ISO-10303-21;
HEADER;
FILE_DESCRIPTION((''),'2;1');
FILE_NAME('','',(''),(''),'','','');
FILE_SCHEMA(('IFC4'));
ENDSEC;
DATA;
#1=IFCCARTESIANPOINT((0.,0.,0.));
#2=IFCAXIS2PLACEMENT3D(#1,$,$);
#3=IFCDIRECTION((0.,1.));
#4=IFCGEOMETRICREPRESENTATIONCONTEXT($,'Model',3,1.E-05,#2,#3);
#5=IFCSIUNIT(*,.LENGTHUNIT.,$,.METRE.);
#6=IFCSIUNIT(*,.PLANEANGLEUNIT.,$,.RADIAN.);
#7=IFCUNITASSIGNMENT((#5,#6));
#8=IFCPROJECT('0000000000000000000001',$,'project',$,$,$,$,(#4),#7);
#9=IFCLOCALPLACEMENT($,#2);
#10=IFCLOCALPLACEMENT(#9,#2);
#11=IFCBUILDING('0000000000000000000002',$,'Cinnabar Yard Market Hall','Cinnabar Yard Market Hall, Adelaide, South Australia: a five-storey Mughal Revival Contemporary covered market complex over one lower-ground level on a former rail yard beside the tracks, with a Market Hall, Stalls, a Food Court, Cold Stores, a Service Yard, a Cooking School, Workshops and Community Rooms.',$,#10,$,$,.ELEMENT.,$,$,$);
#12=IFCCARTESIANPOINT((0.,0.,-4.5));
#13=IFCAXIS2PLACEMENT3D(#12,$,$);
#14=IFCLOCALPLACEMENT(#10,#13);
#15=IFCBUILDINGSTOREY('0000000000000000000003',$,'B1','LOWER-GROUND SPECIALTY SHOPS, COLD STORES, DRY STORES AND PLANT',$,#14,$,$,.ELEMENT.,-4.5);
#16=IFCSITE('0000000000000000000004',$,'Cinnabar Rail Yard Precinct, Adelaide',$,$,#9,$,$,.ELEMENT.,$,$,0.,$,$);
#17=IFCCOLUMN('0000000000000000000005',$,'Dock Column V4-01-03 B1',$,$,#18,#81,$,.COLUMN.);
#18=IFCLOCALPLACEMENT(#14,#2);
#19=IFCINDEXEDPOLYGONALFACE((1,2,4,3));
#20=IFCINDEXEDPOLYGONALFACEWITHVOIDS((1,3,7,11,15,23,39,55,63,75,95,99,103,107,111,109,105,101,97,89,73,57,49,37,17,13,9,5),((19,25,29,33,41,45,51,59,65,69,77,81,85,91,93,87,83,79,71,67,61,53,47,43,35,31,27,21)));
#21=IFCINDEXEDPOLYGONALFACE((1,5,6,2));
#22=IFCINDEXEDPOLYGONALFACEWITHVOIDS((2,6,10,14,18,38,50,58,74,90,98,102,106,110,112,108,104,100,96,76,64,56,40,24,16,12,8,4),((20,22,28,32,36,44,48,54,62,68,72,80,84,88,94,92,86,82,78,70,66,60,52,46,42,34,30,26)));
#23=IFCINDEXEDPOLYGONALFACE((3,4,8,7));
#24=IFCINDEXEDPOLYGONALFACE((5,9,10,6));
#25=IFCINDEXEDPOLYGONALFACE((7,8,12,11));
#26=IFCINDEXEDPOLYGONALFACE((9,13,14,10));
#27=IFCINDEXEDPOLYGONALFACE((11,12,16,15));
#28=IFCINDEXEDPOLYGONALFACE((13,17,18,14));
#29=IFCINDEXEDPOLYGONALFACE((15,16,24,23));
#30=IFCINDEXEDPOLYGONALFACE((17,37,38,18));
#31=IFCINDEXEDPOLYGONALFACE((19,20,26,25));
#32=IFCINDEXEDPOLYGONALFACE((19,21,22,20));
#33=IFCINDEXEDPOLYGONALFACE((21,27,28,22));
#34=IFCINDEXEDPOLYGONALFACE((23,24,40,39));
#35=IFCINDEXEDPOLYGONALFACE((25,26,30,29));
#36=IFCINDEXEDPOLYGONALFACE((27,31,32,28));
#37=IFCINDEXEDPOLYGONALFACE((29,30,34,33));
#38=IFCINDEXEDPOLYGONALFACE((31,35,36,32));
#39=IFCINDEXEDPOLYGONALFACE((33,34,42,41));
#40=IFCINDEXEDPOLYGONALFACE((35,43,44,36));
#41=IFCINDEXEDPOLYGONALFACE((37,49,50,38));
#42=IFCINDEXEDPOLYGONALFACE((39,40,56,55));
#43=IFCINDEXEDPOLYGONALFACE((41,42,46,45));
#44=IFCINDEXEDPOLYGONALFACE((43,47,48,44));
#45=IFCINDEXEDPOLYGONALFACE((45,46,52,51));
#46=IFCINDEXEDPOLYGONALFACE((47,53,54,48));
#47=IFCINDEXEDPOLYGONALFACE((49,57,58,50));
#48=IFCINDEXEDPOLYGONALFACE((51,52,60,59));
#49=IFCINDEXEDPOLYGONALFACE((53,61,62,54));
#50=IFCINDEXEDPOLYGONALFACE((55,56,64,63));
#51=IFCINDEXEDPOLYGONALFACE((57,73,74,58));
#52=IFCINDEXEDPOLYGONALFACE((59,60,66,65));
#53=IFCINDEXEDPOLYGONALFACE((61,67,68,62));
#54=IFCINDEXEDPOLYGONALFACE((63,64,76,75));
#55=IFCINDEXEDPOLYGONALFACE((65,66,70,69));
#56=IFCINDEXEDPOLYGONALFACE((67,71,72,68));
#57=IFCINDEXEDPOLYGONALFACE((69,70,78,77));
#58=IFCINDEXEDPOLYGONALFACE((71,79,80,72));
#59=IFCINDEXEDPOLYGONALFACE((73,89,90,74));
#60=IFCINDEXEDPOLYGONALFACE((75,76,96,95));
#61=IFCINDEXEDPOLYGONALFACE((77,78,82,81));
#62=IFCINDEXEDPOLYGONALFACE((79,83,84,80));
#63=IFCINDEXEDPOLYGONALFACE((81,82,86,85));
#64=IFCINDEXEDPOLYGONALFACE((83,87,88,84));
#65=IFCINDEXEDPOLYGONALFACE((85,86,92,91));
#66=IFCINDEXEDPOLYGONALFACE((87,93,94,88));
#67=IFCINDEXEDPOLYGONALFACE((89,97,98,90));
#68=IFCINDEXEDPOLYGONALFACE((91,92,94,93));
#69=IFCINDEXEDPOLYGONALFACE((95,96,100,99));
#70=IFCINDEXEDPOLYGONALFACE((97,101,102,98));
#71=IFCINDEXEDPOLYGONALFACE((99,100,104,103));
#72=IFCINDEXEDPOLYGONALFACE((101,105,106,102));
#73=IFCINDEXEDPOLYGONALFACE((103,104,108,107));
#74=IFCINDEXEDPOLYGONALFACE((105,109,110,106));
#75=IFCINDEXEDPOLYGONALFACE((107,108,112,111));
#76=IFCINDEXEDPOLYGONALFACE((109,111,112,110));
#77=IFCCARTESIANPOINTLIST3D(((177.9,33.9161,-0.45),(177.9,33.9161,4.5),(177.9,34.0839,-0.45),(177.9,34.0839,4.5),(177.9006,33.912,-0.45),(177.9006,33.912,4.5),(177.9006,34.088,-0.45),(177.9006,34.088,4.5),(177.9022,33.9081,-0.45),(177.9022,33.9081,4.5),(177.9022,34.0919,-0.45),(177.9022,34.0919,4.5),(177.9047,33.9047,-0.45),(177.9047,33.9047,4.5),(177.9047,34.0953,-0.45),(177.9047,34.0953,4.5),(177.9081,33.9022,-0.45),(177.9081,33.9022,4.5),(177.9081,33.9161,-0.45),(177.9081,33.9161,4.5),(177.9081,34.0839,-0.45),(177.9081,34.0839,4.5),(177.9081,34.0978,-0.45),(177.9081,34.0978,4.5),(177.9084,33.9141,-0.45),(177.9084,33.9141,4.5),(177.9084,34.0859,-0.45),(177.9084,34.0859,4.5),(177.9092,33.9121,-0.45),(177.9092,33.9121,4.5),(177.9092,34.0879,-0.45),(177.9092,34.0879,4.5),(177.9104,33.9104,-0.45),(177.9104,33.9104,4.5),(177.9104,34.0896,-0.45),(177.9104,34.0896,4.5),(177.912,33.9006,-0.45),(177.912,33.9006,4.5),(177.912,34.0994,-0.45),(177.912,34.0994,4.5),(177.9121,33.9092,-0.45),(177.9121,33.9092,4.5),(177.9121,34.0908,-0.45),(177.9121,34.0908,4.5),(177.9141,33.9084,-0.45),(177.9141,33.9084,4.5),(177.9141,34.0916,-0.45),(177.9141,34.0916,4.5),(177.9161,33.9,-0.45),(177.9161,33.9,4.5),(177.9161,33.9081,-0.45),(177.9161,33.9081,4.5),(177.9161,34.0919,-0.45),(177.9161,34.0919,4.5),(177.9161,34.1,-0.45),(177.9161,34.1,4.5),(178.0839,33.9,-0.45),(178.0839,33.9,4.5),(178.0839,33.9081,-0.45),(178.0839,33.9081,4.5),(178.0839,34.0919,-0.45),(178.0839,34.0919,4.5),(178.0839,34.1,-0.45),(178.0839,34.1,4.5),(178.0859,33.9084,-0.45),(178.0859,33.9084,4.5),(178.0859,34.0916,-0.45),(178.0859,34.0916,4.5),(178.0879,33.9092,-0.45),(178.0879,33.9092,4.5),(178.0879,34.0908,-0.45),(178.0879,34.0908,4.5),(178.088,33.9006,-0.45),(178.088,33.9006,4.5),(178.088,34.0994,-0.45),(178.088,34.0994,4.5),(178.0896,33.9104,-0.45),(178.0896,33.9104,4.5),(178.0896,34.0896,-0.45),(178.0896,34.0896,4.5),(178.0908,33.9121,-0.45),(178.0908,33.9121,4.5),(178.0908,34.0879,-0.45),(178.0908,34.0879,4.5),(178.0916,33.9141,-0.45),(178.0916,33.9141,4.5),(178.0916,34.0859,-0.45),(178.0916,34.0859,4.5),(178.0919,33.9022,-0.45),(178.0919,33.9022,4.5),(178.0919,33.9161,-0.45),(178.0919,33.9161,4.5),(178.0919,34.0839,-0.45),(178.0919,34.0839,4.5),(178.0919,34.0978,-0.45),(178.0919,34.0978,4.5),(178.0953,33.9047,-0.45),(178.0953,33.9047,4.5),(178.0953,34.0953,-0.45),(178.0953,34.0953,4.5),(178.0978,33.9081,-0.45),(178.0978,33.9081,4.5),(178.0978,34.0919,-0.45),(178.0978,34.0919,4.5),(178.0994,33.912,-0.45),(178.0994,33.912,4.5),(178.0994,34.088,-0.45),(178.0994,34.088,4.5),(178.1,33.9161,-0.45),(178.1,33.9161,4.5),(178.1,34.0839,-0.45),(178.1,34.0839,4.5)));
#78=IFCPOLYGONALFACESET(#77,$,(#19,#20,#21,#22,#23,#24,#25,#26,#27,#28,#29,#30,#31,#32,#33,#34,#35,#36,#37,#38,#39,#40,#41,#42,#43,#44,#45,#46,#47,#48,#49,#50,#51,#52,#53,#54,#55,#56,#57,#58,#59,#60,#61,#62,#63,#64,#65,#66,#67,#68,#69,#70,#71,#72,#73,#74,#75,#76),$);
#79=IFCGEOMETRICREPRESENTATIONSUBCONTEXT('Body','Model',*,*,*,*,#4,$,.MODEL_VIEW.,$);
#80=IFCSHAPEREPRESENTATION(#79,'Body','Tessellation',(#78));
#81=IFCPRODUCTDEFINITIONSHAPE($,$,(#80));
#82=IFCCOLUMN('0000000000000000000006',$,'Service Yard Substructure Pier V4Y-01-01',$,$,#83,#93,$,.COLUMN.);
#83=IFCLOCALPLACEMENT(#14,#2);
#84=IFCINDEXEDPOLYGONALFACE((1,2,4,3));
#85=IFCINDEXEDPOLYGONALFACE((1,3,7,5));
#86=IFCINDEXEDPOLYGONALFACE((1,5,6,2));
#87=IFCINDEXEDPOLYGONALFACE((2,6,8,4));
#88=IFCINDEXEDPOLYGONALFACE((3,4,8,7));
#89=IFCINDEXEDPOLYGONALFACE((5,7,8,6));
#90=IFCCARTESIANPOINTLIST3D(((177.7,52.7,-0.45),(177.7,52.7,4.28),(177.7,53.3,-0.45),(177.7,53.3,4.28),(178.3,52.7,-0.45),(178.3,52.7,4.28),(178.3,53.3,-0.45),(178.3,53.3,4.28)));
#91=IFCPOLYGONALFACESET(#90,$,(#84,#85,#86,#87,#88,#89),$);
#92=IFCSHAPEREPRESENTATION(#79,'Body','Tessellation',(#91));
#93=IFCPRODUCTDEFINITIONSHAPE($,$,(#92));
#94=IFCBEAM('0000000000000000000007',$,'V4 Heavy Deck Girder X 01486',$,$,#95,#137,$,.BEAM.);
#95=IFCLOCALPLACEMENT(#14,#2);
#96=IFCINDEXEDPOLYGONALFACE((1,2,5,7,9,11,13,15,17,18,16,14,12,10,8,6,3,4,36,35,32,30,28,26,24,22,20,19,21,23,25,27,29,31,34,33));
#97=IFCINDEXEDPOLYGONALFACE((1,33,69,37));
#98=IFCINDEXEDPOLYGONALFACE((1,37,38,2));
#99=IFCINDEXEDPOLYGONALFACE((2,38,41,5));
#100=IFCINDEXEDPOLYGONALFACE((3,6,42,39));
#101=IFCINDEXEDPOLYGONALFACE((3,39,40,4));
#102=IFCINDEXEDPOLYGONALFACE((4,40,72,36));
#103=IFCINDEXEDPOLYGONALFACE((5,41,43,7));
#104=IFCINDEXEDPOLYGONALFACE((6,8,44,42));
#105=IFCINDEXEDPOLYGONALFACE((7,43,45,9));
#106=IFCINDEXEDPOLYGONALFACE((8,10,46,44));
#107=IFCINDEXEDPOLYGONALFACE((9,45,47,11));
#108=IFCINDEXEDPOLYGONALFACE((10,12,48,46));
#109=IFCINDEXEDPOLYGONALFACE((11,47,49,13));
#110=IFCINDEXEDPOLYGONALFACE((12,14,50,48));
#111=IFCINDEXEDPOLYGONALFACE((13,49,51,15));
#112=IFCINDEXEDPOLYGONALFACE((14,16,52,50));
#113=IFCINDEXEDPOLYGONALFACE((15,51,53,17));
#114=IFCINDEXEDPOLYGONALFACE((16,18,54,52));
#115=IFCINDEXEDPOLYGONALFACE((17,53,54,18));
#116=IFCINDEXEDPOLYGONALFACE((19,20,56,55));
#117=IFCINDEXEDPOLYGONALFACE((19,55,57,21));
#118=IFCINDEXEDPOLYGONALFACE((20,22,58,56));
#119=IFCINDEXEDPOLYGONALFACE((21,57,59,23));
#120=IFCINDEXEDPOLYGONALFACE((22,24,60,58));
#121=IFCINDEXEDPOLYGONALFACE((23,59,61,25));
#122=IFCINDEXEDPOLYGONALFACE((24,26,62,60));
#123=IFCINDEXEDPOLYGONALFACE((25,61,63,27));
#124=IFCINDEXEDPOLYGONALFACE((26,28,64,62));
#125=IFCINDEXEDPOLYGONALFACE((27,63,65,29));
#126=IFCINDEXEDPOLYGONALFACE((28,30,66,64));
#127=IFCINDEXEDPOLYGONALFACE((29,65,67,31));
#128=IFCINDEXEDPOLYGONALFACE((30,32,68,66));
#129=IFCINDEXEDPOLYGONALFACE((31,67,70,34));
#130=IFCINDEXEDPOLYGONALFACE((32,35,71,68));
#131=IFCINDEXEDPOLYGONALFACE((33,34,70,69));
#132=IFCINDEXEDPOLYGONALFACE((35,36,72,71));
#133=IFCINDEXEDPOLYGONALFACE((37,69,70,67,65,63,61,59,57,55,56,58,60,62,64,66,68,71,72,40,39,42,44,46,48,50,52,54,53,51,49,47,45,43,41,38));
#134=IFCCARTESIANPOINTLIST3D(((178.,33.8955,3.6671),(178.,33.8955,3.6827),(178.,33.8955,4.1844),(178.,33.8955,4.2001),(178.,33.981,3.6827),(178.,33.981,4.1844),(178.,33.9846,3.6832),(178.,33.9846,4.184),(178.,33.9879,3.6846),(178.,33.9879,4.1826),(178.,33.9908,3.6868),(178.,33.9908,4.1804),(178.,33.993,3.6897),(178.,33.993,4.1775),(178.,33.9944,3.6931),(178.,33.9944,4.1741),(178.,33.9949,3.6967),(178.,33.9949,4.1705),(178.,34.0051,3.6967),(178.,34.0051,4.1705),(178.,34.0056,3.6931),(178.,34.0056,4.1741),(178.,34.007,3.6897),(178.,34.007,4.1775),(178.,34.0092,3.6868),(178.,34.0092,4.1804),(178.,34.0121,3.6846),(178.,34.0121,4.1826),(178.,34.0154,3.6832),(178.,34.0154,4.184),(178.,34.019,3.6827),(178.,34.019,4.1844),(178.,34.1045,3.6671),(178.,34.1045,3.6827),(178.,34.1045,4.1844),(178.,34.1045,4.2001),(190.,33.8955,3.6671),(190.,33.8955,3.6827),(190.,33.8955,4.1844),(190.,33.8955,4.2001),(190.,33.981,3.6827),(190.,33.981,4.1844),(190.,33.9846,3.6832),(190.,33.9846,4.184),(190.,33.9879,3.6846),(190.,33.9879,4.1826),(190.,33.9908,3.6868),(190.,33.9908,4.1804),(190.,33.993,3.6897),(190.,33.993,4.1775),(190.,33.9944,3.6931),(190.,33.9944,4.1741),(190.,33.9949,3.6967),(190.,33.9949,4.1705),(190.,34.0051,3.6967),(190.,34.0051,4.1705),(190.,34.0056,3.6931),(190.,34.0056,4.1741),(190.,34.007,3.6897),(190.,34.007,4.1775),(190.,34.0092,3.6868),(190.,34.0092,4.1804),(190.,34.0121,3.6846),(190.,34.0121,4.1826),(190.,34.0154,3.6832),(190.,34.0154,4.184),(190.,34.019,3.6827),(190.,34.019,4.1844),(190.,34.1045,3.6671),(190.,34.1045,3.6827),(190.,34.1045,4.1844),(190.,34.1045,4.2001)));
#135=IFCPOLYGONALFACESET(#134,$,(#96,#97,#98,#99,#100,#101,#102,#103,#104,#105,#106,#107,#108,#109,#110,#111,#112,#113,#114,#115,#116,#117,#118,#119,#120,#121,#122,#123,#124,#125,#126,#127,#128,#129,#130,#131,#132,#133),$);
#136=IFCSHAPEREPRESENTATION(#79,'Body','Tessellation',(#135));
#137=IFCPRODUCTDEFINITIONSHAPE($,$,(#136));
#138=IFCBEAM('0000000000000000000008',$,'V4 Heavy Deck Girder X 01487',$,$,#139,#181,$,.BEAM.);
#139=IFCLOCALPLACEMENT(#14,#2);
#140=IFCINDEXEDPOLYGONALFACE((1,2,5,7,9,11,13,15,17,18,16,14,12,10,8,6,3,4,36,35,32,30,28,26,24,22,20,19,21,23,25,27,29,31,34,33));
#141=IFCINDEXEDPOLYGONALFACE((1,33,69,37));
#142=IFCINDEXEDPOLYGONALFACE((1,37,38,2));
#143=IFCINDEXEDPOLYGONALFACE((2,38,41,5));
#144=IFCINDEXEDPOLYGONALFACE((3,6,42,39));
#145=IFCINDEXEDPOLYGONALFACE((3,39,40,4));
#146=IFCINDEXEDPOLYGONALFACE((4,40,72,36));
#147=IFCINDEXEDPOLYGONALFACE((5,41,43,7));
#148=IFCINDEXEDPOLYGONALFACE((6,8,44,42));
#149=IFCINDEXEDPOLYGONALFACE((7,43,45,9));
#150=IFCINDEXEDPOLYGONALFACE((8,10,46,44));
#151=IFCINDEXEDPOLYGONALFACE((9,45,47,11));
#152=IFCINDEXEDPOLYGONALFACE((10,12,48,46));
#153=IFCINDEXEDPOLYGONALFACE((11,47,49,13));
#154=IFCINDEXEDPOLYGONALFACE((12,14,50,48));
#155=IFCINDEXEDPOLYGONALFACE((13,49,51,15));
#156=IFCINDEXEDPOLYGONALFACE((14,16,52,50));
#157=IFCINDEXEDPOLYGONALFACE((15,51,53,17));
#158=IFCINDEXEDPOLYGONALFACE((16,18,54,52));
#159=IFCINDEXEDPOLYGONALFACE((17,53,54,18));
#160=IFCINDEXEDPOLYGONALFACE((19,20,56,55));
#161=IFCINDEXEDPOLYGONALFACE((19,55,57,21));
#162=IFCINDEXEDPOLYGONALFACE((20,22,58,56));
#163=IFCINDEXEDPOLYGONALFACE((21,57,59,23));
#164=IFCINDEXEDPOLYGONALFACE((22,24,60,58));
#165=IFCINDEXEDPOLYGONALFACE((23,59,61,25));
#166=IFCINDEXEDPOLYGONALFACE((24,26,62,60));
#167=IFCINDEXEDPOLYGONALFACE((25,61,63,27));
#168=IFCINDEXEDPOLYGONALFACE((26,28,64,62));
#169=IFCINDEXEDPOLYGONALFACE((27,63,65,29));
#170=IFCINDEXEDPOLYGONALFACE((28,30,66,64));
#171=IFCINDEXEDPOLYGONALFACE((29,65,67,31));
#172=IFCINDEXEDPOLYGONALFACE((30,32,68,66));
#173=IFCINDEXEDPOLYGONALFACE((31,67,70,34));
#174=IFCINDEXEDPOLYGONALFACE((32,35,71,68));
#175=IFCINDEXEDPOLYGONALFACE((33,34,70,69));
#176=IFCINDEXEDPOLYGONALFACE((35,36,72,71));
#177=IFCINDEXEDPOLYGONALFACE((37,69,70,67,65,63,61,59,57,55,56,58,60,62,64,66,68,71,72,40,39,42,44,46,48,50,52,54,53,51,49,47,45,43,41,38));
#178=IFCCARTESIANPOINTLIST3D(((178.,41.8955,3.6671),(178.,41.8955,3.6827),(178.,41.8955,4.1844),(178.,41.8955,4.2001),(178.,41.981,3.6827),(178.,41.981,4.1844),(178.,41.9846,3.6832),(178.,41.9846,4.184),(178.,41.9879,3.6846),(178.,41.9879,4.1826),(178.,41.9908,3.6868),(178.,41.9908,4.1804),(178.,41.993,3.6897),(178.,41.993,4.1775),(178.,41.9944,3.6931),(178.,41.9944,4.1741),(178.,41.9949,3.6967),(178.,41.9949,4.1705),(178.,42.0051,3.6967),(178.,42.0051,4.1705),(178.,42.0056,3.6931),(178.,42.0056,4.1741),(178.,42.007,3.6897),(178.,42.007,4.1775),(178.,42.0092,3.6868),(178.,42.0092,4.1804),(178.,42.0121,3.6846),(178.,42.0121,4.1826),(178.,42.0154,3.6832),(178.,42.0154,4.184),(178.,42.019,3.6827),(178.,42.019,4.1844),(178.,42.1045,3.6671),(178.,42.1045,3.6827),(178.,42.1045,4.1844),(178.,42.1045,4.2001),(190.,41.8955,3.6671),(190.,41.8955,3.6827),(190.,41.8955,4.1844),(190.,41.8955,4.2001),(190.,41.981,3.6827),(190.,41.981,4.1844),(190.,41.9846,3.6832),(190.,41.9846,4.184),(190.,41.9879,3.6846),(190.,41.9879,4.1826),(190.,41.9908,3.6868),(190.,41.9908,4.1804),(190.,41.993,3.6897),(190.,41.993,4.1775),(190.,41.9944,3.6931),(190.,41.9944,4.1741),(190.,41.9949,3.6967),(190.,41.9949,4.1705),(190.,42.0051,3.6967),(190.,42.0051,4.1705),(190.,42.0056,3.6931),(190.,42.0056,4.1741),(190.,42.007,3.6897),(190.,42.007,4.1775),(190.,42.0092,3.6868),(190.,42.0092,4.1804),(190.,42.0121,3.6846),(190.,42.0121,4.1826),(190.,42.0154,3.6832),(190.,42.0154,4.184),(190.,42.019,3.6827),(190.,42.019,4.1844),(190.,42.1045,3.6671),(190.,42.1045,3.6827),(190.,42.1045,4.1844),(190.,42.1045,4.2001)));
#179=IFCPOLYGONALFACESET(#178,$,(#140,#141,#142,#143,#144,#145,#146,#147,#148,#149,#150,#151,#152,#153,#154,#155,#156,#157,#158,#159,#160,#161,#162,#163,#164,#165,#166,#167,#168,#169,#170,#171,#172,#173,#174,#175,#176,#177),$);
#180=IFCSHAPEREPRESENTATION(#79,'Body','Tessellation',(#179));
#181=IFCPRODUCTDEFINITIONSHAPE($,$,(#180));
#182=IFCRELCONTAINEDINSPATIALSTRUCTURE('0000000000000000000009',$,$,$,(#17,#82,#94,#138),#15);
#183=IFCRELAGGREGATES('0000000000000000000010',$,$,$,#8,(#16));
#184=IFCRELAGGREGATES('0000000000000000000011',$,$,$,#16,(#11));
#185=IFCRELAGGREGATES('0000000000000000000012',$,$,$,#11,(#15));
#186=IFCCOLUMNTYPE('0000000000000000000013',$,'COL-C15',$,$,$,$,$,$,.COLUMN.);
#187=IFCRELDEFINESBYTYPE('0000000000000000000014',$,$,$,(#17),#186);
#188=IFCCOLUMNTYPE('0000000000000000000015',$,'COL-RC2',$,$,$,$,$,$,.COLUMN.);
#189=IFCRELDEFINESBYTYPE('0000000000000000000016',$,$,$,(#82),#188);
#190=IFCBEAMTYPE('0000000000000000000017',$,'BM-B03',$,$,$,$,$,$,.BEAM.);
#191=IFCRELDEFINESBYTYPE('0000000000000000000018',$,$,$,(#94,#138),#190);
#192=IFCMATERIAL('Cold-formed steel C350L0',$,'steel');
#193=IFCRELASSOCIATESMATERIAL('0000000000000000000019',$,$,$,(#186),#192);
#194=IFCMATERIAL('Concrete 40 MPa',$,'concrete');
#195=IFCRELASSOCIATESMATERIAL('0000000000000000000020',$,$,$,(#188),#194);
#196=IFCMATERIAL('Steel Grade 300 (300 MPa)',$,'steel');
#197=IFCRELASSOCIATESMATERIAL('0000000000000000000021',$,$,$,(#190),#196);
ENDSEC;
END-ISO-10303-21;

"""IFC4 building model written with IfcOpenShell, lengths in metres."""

from ifc_helpers import new_model, si_unit, direction, frame, origin, origin_2d_with_axis, place, context, subcontext, project, spatial, rectangle, hollow_rectangle, i_section, extrude, material, material_profile, profile_set, type_object, element, save


model = new_model("IFC4")

# Units and contexts
model_context = context("Model", 3, precision=1e-05, world=origin(), true_north=direction((0.0, 1.0)))
body_context = subcontext(model_context, "Body", "Model", "MODEL_VIEW")
ifc_project = project(units=[si_unit("LENGTHUNIT", "METRE"), si_unit("PLANEANGLEUNIT", "RADIAN")], contexts=[model_context])

# Site, building, storey
site_placement = place(None, origin())
site = spatial("IfcSite", under=ifc_project, at=site_placement, Name="Cinnabar Rail Yard Precinct, Adelaide", CompositionType="ELEMENT", RefElevation=0.0)
building_placement = place(site_placement, origin())
building = spatial("IfcBuilding", under=site, at=building_placement, Name="Cinnabar Yard Market Hall", Description="Cinnabar Yard Market Hall, Adelaide, South Australia: a five-storey Mughal Revival Contemporary covered market complex over one lower-ground level on a former rail yard beside the tracks, with a Market Hall, Stalls, a Food Court, Cold Stores, a Service Yard, a Cooking School, Workshops and Community Rooms.", CompositionType="ELEMENT")
storey_placement = place(building_placement, frame((0.0, 0.0, -4.5)))
storey = spatial("IfcBuildingStorey", under=building, at=storey_placement, Name="B1", Description="LOWER-GROUND SPECIALTY SHOPS, COLD STORES, DRY STORES AND PLANT", CompositionType="ELEMENT", Elevation=-4.5)

# Shared definitions
ifc_material_1 = material(Name="Concrete 40 MPa", Category="concrete")

# Columns
ifc_material_2 = material(Name="Steel Grade 300 (300 MPa)", Category="steel")
ifc_material_3 = material(Name="Cold-formed steel C350L0", Category="steel")
ifc_material_profile_1 = material_profile(ifc_material_3, hollow_rectangle(XDim=0.2, YDim=0.2, WallThickness=0.0081, InnerFilletRadius=0.0081, OuterFilletRadius=0.0161, at=origin_2d_with_axis()), Name="200x200x8.0SHS")
ifc_profile_set_1 = profile_set([ifc_material_profile_1], Name="Cold-formed steel C350L0")
column_type_1 = type_object("IfcColumnType", Name="COL-C15", PredefinedType="COLUMN", material=ifc_profile_set_1)
column_1_placement = place(storey_placement, frame((178.0, 34.0, -0.45), z_axis=(0.0, 0.0, 1.0), x_axis=(1.0, 0.0, 0.0)))
element("IfcColumn", 1, at=column_1_placement, inside=storey, type_object=column_type_1, Name="Dock Column V4-01-03 B1", PredefinedType="COLUMN", context=body_context, shape_type="SweptSolid", body=[
    extrude(hollow_rectangle(XDim=0.2, YDim=0.2, WallThickness=0.0081, InnerFilletRadius=0.0081, OuterFilletRadius=0.0161, at=origin_2d_with_axis()), origin(), (0.0, 0.0, 1.0), 4.95),
])
ifc_material_profile_2 = material_profile(ifc_material_1, rectangle(XDim=0.6001, YDim=0.6001, at=origin_2d_with_axis()), Name="RC-600x600")
ifc_profile_set_2 = profile_set([ifc_material_profile_2], Name="Concrete 40 MPa")
column_type_2 = type_object("IfcColumnType", Name="COL-RC2", PredefinedType="COLUMN", material=ifc_profile_set_2)
column_2_placement = place(storey_placement, frame((178.0, 53.0, -0.45), z_axis=(0.0, 0.0, 1.0), x_axis=(1.0, 0.0, 0.0)))
element("IfcColumn", 2, at=column_2_placement, inside=storey, type_object=column_type_2, Name="Service Yard Substructure Pier V4Y-01-01", PredefinedType="COLUMN", context=body_context, shape_type="SweptSolid", body=[
    extrude(rectangle(XDim=0.6001, YDim=0.6001, at=origin_2d_with_axis()), origin(), (0.0, 0.0, 1.0), 4.73),
])

# Beams
ifc_material_profile_3 = material_profile(ifc_material_2, i_section(OverallWidth=0.209, OverallDepth=0.533, WebThickness=0.0103, FlangeThickness=0.0156, FilletRadius=0.0139, at=origin_2d_with_axis()), Name="530UB92.4")
ifc_profile_set_3 = profile_set([ifc_material_profile_3], Name="Steel Grade 300 (300 MPa)")
beam_type_1 = type_object("IfcBeamType", Name="BM-B03", PredefinedType="BEAM", material=ifc_profile_set_3)
for number, where, z_axis, x_axis, name in (
    (3, (178.0, 34.0, 3.9336), (1.0, 0.0, 0.0), (0.0, 1.0, 0.0), "V4 Heavy Deck Girder X 01486"),
    (4, (178.0, 42.0, 3.9336), (1.0, 0.0, 0.0), (0.0, 1.0, 0.0), "V4 Heavy Deck Girder X 01487"),
):
    element("IfcBeam", number, at=place(storey_placement, frame(where, z_axis=z_axis, x_axis=x_axis)), inside=storey, type_object=beam_type_1, Name=name, PredefinedType="BEAM", context=body_context, shape_type="SweptSolid", body=[
        extrude(i_section(OverallWidth=0.209, OverallDepth=0.533, WebThickness=0.0103, FlangeThickness=0.0156, FilletRadius=0.0139, at=origin_2d_with_axis()), origin(), (0.0, 0.0, 1.0), 12.0),
    ])

save(model, "model.ifc")
